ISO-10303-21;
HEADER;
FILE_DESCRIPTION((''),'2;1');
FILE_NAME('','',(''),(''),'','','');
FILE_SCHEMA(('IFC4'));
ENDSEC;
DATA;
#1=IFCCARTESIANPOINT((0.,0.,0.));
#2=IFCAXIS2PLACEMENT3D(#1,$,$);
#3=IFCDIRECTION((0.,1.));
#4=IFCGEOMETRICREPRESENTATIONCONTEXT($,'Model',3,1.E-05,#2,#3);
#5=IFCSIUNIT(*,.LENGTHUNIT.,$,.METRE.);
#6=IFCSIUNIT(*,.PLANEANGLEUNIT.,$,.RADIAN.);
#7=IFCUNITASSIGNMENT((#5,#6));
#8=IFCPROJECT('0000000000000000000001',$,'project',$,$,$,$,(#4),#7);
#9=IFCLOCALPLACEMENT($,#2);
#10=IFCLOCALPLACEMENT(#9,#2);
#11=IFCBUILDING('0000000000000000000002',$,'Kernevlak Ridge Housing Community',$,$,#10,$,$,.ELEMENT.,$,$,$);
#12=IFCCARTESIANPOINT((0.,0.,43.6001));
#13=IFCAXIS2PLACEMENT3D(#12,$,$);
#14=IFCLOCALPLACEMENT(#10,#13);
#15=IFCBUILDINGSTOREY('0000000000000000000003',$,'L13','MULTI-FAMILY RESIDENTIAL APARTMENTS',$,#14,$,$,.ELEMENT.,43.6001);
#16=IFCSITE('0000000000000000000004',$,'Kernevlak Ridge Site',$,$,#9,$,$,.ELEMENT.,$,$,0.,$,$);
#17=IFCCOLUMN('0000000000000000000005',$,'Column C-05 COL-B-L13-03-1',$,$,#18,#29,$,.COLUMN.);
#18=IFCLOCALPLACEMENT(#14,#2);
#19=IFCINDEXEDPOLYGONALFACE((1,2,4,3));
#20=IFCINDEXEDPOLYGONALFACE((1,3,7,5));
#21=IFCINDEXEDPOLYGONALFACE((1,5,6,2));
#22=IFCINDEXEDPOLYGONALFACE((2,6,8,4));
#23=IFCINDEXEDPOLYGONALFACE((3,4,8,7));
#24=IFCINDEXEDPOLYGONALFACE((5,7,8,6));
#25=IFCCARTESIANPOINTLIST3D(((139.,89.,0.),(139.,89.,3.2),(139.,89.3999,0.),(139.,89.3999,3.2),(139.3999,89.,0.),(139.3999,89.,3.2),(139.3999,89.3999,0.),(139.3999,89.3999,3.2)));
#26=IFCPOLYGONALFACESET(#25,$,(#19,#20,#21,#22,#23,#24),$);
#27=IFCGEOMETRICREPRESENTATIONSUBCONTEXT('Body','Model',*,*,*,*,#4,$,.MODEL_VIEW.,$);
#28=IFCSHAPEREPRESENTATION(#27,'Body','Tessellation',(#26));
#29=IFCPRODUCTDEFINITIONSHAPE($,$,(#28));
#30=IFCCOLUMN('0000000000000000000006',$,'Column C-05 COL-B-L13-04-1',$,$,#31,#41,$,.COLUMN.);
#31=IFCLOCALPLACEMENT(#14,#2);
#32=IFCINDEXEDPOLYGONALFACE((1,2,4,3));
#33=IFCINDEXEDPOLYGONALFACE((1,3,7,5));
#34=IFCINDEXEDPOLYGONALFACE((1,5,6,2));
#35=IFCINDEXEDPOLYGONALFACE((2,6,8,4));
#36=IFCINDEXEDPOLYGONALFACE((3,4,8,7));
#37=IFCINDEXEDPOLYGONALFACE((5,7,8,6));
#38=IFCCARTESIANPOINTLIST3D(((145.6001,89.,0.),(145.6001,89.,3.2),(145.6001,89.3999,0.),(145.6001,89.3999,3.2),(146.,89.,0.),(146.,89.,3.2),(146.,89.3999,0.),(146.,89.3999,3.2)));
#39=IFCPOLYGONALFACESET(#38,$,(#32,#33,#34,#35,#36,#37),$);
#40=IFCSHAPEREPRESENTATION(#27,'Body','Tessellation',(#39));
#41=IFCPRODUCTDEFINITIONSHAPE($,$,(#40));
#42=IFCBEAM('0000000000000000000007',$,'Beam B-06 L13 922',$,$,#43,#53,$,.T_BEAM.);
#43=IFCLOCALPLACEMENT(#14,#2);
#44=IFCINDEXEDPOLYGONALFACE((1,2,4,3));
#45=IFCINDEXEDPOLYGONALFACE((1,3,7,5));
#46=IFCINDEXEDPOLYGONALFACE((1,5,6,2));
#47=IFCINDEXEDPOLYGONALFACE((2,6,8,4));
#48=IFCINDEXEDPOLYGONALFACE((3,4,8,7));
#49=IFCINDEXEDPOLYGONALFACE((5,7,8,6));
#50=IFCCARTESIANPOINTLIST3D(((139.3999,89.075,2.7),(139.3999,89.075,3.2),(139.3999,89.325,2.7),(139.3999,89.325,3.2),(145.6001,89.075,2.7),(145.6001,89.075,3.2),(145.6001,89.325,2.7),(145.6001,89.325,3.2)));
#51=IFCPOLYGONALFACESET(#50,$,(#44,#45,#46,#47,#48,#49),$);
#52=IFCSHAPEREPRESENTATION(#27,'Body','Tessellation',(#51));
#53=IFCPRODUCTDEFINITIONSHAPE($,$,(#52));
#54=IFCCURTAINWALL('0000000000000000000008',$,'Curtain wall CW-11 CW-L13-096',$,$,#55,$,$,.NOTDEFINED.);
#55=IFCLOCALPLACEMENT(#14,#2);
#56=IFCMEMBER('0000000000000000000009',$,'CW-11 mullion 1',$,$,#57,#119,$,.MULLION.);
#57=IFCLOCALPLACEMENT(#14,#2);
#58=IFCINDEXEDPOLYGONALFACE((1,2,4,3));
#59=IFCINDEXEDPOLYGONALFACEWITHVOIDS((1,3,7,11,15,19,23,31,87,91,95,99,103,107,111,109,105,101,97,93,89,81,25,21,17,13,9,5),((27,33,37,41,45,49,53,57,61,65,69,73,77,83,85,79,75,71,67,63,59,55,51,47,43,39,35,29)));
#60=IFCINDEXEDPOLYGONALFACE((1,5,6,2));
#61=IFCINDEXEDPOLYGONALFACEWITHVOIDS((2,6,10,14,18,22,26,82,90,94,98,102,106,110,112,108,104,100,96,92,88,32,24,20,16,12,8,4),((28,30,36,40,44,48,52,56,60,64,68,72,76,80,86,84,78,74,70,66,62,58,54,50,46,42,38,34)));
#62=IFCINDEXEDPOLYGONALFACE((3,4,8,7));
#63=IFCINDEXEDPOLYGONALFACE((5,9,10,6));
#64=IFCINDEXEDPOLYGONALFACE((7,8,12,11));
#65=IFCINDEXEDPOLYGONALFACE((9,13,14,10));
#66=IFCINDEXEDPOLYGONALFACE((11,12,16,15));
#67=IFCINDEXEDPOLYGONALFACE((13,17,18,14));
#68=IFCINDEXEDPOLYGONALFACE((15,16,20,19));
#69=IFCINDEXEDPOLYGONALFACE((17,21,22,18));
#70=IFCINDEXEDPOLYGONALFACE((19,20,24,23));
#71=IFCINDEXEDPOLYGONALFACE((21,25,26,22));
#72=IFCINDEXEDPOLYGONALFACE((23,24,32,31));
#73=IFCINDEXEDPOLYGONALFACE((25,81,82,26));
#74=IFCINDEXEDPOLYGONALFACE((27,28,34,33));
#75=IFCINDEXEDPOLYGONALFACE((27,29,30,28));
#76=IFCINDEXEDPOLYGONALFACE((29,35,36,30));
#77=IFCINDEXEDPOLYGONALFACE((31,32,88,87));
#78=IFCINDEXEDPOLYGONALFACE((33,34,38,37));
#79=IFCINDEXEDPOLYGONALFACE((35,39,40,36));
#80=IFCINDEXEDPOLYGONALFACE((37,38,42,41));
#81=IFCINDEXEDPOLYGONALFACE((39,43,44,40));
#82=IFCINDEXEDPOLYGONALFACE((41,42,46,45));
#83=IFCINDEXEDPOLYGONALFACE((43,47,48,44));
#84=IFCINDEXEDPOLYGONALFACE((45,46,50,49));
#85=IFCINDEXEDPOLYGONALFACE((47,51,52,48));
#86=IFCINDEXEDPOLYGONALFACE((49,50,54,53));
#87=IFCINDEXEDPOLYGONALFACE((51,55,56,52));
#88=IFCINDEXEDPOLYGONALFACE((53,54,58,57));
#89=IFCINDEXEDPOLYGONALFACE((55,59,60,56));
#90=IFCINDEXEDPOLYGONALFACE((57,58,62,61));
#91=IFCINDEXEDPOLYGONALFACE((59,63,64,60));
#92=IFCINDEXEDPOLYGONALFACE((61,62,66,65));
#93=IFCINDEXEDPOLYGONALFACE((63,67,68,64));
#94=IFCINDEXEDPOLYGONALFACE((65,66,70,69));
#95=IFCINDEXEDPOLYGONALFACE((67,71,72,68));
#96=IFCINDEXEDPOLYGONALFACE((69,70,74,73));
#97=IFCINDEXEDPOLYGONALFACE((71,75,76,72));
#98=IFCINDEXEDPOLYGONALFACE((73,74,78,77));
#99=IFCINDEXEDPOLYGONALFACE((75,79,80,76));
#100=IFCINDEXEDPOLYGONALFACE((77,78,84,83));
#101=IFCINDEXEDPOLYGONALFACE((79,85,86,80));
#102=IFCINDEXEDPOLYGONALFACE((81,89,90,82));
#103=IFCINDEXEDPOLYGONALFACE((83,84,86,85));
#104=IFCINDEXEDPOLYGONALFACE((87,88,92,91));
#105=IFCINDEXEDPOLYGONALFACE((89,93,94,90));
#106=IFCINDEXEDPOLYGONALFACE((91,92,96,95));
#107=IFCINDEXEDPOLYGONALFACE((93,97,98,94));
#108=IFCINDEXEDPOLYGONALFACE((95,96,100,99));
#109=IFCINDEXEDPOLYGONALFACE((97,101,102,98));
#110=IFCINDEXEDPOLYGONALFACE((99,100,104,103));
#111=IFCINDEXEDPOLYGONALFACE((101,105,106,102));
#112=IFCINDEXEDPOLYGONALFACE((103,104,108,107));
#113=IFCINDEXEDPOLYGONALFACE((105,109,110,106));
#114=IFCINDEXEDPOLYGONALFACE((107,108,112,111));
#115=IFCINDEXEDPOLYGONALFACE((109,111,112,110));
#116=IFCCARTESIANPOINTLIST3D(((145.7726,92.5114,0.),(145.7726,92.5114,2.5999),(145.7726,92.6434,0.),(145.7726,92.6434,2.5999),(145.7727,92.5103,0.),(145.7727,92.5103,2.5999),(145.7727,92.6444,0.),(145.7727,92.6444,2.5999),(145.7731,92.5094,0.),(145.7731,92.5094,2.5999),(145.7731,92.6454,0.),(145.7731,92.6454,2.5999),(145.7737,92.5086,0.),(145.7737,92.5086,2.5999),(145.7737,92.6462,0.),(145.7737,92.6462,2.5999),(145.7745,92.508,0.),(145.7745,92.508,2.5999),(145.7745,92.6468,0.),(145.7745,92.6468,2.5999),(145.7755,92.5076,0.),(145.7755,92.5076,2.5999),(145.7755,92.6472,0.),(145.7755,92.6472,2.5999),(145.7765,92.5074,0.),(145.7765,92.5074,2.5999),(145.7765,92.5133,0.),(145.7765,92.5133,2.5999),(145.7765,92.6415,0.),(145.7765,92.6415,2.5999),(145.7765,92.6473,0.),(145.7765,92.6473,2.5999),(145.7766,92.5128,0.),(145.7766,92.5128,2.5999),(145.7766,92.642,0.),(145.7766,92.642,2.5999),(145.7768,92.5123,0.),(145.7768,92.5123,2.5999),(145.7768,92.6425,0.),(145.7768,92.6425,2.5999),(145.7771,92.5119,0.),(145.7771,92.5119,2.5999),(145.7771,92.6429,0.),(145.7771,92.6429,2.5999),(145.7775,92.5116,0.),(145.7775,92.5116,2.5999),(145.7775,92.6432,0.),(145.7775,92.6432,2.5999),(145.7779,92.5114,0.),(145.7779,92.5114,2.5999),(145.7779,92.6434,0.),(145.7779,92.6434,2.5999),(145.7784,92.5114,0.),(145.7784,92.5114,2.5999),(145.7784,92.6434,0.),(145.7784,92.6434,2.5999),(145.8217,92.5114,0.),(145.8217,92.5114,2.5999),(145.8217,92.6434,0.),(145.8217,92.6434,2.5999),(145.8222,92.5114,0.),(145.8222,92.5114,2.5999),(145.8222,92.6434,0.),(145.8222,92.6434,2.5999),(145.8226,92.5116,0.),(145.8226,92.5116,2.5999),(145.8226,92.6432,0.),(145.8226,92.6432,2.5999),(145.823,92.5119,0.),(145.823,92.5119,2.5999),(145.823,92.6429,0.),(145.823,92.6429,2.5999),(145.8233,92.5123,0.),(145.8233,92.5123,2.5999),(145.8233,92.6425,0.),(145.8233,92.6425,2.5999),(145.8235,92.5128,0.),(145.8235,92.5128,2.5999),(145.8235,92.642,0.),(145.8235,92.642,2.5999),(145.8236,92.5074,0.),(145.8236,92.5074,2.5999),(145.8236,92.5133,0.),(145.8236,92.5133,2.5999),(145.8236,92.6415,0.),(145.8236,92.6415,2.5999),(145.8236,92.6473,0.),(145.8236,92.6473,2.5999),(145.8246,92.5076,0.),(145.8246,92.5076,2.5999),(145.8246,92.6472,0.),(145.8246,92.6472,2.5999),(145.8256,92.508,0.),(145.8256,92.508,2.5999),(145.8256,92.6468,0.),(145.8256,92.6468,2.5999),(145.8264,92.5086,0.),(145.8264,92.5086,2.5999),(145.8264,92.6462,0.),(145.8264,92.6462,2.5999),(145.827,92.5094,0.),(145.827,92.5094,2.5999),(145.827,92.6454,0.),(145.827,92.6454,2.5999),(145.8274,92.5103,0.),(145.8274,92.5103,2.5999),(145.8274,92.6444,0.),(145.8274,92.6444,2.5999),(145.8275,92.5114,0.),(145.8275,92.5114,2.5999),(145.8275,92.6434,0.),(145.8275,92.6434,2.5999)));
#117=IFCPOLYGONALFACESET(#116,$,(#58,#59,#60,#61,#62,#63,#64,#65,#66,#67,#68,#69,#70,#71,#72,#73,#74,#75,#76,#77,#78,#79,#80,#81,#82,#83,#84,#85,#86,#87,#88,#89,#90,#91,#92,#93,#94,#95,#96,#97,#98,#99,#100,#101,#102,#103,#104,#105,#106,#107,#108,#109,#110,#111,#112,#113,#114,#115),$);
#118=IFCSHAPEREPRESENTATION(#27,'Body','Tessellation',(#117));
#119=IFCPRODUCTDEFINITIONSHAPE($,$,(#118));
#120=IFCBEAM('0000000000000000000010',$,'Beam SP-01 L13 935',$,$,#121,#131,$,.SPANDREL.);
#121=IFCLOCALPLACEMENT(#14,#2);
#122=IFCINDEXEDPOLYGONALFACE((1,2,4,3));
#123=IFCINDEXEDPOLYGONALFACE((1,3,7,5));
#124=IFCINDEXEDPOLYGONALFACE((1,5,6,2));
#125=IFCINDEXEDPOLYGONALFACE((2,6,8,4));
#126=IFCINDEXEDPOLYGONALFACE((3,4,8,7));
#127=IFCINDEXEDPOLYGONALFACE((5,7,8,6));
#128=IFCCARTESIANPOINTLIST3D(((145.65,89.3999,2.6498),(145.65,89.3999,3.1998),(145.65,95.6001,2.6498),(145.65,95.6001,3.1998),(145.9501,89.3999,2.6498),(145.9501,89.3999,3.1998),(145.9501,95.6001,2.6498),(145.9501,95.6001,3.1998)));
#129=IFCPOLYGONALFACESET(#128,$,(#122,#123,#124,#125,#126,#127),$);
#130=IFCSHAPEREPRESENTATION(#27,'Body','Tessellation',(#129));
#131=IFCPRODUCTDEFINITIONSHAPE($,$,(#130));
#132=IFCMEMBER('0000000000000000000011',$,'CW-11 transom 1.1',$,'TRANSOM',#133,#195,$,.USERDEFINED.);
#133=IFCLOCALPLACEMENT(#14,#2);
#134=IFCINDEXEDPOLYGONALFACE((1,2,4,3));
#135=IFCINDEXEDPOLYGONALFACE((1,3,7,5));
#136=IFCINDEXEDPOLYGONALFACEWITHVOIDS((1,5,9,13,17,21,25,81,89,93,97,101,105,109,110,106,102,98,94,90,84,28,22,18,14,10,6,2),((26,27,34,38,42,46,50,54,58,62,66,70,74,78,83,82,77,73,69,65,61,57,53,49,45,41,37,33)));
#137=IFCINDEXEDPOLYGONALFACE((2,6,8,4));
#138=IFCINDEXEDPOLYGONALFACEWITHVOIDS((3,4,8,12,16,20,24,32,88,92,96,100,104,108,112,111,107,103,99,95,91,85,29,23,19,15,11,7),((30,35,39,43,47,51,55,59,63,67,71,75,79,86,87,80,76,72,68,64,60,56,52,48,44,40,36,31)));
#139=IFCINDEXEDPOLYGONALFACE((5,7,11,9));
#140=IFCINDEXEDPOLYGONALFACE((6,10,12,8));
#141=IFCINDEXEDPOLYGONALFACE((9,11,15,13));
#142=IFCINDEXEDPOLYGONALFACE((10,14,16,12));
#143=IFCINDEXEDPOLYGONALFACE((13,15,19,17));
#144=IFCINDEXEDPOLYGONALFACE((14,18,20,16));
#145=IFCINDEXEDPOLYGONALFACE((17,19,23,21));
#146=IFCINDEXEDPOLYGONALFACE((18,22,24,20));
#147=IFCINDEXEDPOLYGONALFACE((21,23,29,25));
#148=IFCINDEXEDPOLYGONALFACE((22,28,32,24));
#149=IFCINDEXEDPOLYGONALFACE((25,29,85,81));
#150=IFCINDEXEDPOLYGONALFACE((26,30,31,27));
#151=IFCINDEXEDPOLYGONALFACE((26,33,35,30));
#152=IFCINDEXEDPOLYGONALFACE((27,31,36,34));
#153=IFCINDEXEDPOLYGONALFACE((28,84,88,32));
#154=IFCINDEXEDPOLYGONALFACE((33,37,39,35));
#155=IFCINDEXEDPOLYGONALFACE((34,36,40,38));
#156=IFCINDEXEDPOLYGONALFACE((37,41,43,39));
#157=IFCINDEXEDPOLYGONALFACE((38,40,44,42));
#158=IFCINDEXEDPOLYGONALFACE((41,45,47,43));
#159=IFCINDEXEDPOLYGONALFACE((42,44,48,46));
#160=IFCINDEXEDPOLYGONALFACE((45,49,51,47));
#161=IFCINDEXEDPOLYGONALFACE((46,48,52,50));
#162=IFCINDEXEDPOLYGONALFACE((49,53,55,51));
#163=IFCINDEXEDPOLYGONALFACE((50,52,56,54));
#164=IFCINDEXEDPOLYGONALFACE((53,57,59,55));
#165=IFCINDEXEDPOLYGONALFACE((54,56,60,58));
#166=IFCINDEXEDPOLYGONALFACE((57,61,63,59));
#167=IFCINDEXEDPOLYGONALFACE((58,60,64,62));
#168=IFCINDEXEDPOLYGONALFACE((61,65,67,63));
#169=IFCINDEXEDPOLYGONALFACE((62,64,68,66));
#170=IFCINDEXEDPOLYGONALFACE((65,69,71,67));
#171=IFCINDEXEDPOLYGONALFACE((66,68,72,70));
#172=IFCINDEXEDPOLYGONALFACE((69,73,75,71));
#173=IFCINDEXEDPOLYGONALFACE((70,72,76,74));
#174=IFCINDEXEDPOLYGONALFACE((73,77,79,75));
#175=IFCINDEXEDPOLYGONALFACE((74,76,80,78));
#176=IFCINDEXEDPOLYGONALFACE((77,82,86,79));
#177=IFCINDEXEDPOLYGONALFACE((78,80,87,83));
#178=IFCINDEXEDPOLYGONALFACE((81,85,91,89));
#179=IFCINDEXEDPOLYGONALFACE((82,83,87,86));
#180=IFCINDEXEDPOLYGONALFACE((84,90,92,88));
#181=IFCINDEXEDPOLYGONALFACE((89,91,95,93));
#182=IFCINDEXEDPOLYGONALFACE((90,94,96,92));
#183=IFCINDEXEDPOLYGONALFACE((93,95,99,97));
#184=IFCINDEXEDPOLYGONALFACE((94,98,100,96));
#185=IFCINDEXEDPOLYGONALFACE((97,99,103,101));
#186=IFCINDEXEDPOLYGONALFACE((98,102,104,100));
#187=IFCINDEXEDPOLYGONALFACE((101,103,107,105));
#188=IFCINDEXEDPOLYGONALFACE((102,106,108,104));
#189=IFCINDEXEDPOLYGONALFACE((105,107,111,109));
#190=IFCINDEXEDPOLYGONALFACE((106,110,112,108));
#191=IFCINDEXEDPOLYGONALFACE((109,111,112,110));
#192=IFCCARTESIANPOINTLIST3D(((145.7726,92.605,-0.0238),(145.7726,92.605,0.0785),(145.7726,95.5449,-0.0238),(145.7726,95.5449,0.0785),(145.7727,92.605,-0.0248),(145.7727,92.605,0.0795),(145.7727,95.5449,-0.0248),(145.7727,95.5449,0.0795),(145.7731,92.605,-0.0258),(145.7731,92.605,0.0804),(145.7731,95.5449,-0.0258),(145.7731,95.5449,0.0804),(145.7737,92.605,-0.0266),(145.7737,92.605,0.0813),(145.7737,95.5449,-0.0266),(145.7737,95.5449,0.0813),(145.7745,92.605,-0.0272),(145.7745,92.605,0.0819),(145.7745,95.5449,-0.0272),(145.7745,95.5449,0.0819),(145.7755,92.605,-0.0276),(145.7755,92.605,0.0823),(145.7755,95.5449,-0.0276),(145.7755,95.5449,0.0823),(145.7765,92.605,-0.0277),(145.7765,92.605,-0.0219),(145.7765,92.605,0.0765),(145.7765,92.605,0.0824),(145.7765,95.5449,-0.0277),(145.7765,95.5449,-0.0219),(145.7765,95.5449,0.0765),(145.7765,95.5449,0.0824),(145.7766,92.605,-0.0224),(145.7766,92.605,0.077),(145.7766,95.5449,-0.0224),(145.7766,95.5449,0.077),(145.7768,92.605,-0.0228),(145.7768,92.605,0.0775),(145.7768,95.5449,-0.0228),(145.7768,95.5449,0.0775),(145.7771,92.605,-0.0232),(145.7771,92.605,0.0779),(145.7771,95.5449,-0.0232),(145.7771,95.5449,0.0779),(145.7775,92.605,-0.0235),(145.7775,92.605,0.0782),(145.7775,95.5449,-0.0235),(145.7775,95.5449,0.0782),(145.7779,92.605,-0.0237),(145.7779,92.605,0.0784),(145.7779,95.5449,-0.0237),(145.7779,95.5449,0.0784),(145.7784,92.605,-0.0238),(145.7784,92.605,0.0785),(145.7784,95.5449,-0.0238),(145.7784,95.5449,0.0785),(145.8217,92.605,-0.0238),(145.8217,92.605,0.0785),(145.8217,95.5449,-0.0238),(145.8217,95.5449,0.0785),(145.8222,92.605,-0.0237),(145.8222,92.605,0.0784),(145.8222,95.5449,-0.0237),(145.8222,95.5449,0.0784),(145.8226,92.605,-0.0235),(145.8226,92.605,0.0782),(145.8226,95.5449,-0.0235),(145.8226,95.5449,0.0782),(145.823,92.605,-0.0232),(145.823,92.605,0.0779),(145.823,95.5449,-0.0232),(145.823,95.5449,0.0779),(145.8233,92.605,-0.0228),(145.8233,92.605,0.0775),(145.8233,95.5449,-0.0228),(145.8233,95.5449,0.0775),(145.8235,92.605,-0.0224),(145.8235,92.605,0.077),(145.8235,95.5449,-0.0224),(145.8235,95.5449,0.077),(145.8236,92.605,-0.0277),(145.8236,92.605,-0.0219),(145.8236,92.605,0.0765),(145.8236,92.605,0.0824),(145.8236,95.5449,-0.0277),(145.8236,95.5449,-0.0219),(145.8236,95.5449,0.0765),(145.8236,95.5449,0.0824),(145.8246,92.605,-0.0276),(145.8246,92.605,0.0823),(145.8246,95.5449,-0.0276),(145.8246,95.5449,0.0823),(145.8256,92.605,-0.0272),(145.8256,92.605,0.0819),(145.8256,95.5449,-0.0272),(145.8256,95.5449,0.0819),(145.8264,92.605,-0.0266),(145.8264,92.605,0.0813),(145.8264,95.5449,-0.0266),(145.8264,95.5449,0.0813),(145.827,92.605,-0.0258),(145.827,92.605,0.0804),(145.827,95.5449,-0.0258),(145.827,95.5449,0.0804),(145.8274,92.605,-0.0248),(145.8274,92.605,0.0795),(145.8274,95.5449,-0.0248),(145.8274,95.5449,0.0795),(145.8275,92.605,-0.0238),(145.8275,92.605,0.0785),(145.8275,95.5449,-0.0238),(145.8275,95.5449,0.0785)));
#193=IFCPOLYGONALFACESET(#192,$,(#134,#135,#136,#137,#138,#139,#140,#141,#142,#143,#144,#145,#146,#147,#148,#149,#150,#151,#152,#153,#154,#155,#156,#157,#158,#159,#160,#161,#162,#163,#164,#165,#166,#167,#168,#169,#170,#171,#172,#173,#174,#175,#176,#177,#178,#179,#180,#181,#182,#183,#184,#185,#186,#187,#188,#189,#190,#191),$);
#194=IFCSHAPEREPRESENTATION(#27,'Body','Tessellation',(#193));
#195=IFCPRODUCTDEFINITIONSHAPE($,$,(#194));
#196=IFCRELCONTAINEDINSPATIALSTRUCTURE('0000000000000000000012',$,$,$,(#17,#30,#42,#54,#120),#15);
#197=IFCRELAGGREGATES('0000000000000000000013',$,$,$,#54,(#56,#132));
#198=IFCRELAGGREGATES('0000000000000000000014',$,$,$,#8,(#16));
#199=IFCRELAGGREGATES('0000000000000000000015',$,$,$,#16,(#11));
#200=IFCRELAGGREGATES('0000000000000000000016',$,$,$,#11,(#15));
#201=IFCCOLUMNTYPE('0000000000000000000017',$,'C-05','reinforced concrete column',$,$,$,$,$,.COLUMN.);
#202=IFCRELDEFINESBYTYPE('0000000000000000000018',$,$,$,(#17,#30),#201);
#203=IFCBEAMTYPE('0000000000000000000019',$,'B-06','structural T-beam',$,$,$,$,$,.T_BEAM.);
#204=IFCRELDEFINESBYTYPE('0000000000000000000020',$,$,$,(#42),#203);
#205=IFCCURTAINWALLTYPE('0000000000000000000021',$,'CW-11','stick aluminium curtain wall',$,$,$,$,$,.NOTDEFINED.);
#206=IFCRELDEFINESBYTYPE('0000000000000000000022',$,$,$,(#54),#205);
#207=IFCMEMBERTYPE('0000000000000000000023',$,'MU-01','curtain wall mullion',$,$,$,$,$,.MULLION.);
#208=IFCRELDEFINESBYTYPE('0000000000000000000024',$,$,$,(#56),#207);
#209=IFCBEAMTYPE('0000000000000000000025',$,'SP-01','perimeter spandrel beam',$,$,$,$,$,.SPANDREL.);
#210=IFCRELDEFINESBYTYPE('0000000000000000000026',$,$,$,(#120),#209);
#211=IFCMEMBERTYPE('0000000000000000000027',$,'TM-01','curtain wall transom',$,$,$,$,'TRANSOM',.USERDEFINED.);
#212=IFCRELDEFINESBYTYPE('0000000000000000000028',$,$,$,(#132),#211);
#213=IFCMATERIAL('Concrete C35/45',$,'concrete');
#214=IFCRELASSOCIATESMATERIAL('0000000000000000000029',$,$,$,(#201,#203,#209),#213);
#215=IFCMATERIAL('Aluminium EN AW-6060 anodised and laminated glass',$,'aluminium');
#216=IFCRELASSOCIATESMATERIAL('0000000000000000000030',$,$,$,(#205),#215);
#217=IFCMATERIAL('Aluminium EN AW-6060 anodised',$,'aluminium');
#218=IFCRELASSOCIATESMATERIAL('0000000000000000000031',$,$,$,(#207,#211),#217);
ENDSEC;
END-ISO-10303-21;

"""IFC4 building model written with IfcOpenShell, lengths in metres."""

from ifc_helpers import new_model, si_unit, direction, frame, origin, origin_2d, place, context, subcontext, project, spatial, rectangle, hollow_rectangle, extrude, material, material_profile, profile_set, type_object, element, aggregate, save


model = new_model("IFC4")

# Units and contexts
model_context = context("Model", 3, precision=1e-05, world=origin(), true_north=direction((0.0, 1.0)))
body_context = subcontext(model_context, "Body", "Model", "MODEL_VIEW")
ifc_project = project(units=[si_unit("LENGTHUNIT", "METRE"), si_unit("PLANEANGLEUNIT", "RADIAN")], contexts=[model_context])

# Site, building, storey
site_placement = place(None, origin())
site = spatial("IfcSite", under=ifc_project, at=site_placement, Name="Kernevlak Ridge Site", CompositionType="ELEMENT", RefElevation=0.0)
building_placement = place(site_placement, origin())
building = spatial("IfcBuilding", under=site, at=building_placement, Name="Kernevlak Ridge Housing Community", CompositionType="ELEMENT")
storey_placement = place(building_placement, frame((0.0, 0.0, 43.6001)))
storey = spatial("IfcBuildingStorey", under=building, at=storey_placement, Name="L13", Description="MULTI-FAMILY RESIDENTIAL APARTMENTS", CompositionType="ELEMENT", Elevation=43.6001)

# Columns
ifc_material_1 = material(Name="Concrete C35/45", Category="concrete")
ifc_material_profile_1 = material_profile(ifc_material_1, rectangle(XDim=0.3999, YDim=0.3999, at=origin_2d()), Name="RC 400x400")
ifc_profile_set_1 = profile_set([ifc_material_profile_1], Name="Concrete C35/45")
column_type = type_object("IfcColumnType", Name="C-05", Description="reinforced concrete column", PredefinedType="COLUMN", material=ifc_profile_set_1)
for number, where, z_axis, x_axis, name in (
    (1, (139.2, 89.2, 0.0), (0.0, 0.0, 1.0), (1.0, 0.0, 0.0), "Column C-05 COL-B-L13-03-1"),
    (2, (145.8, 89.2, 0.0), (0.0, 0.0, 1.0), (1.0, 0.0, 0.0), "Column C-05 COL-B-L13-04-1"),
):
    element("IfcColumn", number, at=place(storey_placement, frame(where, z_axis=z_axis, x_axis=x_axis)), inside=storey, type_object=column_type, Name=name, PredefinedType="COLUMN", context=body_context, shape_type="SweptSolid", body=[
        extrude(rectangle(XDim=0.3999, YDim=0.3999, at=origin_2d()), origin(), (0.0, 0.0, 1.0), 3.2),
    ])

# Beam
ifc_material_profile_2 = material_profile(ifc_material_1, rectangle(XDim=0.25, YDim=0.5, at=origin_2d()), Name="RC 250x500")
ifc_profile_set_2 = profile_set([ifc_material_profile_2], Name="Concrete C35/45")
beam_type_1 = type_object("IfcBeamType", Name="B-06", Description="structural T-beam", PredefinedType="T_BEAM", material=ifc_profile_set_2)
beam_1_placement = place(storey_placement, frame((139.3999, 89.2, 2.95), z_axis=(1.0, 0.0, 0.0), x_axis=(0.0, 1.0, 0.0)))
element("IfcBeam", 3, at=beam_1_placement, inside=storey, type_object=beam_type_1, Name="Beam B-06 L13 922", PredefinedType="T_BEAM", context=body_context, shape_type="SweptSolid", body=[
    extrude(rectangle(XDim=0.25, YDim=0.5, at=origin_2d()), origin(), (0.0, 0.0, 1.0), 6.2002),
])

# Curtain wall, member
ifc_material_2 = material(Name="Aluminium EN AW-6060 anodised and laminated glass", Category="aluminium")
curtain_wall_type = type_object("IfcCurtainWallType", Name="CW-11", Description="stick aluminium curtain wall", PredefinedType="NOTDEFINED", material=ifc_material_2)
curtain_wall_placement = place(storey_placement, origin())
curtain_wall = element("IfcCurtainWall", 4, at=curtain_wall_placement, inside=storey, type_object=curtain_wall_type, Name="Curtain wall CW-11 CW-L13-096", PredefinedType="NOTDEFINED")
ifc_material_3 = material(Name="Aluminium EN AW-6060 anodised", Category="aluminium")
ifc_material_profile_3 = material_profile(ifc_material_3, hollow_rectangle(XDim=0.0549, YDim=0.1399, WallThickness=0.0039, InnerFilletRadius=0.002, OuterFilletRadius=0.0039, at=origin_2d()), Name="ALU 55x140x4")
ifc_profile_set_3 = profile_set([ifc_material_profile_3], Name="Aluminium EN AW-6060 anodised")
member_type_1 = type_object("IfcMemberType", Name="MU-01", Description="curtain wall mullion", PredefinedType="MULLION", material=ifc_profile_set_3)
member_1_placement = place(storey_placement, frame((145.8, 92.5774, 0.0), z_axis=(0.0, 0.0, 1.0), x_axis=(-1.0, 0.0, 0.0)))
member_1 = element("IfcMember", 5, at=member_1_placement, type_object=member_type_1, Name="CW-11 mullion 1", PredefinedType="MULLION", context=body_context, shape_type="SweptSolid", body=[
    extrude(hollow_rectangle(XDim=0.0549, YDim=0.1399, WallThickness=0.0039, InnerFilletRadius=0.002, OuterFilletRadius=0.0039, at=origin_2d()), origin(), (0.0, 0.0, 1.0), 2.5999),
])

# Beam
ifc_material_profile_4 = material_profile(ifc_material_1, rectangle(XDim=0.3, YDim=0.55, at=origin_2d()), Name="RC 300x550")
ifc_profile_set_4 = profile_set([ifc_material_profile_4], Name="Concrete C35/45")
beam_type_2 = type_object("IfcBeamType", Name="SP-01", Description="perimeter spandrel beam", PredefinedType="SPANDREL", material=ifc_profile_set_4)
beam_2_placement = place(storey_placement, frame((145.8, 89.3999, 2.9248), z_axis=(0.0, 1.0, 0.0), x_axis=(-1.0, 0.0, 0.0)))
element("IfcBeam", 6, at=beam_2_placement, inside=storey, type_object=beam_type_2, Name="Beam SP-01 L13 935", PredefinedType="SPANDREL", context=body_context, shape_type="SweptSolid", body=[
    extrude(rectangle(XDim=0.3, YDim=0.55, at=origin_2d()), origin(), (0.0, 0.0, 1.0), 6.2002),
])

# Member
ifc_material_profile_5 = material_profile(ifc_material_3, hollow_rectangle(XDim=0.0549, YDim=0.1101, WallThickness=0.0039, InnerFilletRadius=0.002, OuterFilletRadius=0.0039, at=origin_2d()), Name="ALU 55x110x4")
ifc_profile_set_5 = profile_set([ifc_material_profile_5], Name="Aluminium EN AW-6060 anodised")
member_type_2 = type_object("IfcMemberType", Name="TM-01", Description="curtain wall transom", ElementType="TRANSOM", PredefinedType="USERDEFINED", material=ifc_profile_set_5)
member_2_placement = place(storey_placement, frame((145.8, 92.605, 0.0273), z_axis=(0.0, 1.0, 0.0), x_axis=(-1.0, 0.0, 0.0)))
member_2 = element("IfcMember", 7, at=member_2_placement, type_object=member_type_2, Name="CW-11 transom 1.1", ObjectType="TRANSOM", PredefinedType="USERDEFINED", context=body_context, shape_type="SweptSolid", body=[
    extrude(hollow_rectangle(XDim=0.0549, YDim=0.1101, WallThickness=0.0039, InnerFilletRadius=0.002, OuterFilletRadius=0.0039, at=origin_2d()), origin(), (0.0, 0.0, 1.0), 2.9399),
])
aggregate(curtain_wall, [member_1, member_2])

save(model, "model.ifc")
